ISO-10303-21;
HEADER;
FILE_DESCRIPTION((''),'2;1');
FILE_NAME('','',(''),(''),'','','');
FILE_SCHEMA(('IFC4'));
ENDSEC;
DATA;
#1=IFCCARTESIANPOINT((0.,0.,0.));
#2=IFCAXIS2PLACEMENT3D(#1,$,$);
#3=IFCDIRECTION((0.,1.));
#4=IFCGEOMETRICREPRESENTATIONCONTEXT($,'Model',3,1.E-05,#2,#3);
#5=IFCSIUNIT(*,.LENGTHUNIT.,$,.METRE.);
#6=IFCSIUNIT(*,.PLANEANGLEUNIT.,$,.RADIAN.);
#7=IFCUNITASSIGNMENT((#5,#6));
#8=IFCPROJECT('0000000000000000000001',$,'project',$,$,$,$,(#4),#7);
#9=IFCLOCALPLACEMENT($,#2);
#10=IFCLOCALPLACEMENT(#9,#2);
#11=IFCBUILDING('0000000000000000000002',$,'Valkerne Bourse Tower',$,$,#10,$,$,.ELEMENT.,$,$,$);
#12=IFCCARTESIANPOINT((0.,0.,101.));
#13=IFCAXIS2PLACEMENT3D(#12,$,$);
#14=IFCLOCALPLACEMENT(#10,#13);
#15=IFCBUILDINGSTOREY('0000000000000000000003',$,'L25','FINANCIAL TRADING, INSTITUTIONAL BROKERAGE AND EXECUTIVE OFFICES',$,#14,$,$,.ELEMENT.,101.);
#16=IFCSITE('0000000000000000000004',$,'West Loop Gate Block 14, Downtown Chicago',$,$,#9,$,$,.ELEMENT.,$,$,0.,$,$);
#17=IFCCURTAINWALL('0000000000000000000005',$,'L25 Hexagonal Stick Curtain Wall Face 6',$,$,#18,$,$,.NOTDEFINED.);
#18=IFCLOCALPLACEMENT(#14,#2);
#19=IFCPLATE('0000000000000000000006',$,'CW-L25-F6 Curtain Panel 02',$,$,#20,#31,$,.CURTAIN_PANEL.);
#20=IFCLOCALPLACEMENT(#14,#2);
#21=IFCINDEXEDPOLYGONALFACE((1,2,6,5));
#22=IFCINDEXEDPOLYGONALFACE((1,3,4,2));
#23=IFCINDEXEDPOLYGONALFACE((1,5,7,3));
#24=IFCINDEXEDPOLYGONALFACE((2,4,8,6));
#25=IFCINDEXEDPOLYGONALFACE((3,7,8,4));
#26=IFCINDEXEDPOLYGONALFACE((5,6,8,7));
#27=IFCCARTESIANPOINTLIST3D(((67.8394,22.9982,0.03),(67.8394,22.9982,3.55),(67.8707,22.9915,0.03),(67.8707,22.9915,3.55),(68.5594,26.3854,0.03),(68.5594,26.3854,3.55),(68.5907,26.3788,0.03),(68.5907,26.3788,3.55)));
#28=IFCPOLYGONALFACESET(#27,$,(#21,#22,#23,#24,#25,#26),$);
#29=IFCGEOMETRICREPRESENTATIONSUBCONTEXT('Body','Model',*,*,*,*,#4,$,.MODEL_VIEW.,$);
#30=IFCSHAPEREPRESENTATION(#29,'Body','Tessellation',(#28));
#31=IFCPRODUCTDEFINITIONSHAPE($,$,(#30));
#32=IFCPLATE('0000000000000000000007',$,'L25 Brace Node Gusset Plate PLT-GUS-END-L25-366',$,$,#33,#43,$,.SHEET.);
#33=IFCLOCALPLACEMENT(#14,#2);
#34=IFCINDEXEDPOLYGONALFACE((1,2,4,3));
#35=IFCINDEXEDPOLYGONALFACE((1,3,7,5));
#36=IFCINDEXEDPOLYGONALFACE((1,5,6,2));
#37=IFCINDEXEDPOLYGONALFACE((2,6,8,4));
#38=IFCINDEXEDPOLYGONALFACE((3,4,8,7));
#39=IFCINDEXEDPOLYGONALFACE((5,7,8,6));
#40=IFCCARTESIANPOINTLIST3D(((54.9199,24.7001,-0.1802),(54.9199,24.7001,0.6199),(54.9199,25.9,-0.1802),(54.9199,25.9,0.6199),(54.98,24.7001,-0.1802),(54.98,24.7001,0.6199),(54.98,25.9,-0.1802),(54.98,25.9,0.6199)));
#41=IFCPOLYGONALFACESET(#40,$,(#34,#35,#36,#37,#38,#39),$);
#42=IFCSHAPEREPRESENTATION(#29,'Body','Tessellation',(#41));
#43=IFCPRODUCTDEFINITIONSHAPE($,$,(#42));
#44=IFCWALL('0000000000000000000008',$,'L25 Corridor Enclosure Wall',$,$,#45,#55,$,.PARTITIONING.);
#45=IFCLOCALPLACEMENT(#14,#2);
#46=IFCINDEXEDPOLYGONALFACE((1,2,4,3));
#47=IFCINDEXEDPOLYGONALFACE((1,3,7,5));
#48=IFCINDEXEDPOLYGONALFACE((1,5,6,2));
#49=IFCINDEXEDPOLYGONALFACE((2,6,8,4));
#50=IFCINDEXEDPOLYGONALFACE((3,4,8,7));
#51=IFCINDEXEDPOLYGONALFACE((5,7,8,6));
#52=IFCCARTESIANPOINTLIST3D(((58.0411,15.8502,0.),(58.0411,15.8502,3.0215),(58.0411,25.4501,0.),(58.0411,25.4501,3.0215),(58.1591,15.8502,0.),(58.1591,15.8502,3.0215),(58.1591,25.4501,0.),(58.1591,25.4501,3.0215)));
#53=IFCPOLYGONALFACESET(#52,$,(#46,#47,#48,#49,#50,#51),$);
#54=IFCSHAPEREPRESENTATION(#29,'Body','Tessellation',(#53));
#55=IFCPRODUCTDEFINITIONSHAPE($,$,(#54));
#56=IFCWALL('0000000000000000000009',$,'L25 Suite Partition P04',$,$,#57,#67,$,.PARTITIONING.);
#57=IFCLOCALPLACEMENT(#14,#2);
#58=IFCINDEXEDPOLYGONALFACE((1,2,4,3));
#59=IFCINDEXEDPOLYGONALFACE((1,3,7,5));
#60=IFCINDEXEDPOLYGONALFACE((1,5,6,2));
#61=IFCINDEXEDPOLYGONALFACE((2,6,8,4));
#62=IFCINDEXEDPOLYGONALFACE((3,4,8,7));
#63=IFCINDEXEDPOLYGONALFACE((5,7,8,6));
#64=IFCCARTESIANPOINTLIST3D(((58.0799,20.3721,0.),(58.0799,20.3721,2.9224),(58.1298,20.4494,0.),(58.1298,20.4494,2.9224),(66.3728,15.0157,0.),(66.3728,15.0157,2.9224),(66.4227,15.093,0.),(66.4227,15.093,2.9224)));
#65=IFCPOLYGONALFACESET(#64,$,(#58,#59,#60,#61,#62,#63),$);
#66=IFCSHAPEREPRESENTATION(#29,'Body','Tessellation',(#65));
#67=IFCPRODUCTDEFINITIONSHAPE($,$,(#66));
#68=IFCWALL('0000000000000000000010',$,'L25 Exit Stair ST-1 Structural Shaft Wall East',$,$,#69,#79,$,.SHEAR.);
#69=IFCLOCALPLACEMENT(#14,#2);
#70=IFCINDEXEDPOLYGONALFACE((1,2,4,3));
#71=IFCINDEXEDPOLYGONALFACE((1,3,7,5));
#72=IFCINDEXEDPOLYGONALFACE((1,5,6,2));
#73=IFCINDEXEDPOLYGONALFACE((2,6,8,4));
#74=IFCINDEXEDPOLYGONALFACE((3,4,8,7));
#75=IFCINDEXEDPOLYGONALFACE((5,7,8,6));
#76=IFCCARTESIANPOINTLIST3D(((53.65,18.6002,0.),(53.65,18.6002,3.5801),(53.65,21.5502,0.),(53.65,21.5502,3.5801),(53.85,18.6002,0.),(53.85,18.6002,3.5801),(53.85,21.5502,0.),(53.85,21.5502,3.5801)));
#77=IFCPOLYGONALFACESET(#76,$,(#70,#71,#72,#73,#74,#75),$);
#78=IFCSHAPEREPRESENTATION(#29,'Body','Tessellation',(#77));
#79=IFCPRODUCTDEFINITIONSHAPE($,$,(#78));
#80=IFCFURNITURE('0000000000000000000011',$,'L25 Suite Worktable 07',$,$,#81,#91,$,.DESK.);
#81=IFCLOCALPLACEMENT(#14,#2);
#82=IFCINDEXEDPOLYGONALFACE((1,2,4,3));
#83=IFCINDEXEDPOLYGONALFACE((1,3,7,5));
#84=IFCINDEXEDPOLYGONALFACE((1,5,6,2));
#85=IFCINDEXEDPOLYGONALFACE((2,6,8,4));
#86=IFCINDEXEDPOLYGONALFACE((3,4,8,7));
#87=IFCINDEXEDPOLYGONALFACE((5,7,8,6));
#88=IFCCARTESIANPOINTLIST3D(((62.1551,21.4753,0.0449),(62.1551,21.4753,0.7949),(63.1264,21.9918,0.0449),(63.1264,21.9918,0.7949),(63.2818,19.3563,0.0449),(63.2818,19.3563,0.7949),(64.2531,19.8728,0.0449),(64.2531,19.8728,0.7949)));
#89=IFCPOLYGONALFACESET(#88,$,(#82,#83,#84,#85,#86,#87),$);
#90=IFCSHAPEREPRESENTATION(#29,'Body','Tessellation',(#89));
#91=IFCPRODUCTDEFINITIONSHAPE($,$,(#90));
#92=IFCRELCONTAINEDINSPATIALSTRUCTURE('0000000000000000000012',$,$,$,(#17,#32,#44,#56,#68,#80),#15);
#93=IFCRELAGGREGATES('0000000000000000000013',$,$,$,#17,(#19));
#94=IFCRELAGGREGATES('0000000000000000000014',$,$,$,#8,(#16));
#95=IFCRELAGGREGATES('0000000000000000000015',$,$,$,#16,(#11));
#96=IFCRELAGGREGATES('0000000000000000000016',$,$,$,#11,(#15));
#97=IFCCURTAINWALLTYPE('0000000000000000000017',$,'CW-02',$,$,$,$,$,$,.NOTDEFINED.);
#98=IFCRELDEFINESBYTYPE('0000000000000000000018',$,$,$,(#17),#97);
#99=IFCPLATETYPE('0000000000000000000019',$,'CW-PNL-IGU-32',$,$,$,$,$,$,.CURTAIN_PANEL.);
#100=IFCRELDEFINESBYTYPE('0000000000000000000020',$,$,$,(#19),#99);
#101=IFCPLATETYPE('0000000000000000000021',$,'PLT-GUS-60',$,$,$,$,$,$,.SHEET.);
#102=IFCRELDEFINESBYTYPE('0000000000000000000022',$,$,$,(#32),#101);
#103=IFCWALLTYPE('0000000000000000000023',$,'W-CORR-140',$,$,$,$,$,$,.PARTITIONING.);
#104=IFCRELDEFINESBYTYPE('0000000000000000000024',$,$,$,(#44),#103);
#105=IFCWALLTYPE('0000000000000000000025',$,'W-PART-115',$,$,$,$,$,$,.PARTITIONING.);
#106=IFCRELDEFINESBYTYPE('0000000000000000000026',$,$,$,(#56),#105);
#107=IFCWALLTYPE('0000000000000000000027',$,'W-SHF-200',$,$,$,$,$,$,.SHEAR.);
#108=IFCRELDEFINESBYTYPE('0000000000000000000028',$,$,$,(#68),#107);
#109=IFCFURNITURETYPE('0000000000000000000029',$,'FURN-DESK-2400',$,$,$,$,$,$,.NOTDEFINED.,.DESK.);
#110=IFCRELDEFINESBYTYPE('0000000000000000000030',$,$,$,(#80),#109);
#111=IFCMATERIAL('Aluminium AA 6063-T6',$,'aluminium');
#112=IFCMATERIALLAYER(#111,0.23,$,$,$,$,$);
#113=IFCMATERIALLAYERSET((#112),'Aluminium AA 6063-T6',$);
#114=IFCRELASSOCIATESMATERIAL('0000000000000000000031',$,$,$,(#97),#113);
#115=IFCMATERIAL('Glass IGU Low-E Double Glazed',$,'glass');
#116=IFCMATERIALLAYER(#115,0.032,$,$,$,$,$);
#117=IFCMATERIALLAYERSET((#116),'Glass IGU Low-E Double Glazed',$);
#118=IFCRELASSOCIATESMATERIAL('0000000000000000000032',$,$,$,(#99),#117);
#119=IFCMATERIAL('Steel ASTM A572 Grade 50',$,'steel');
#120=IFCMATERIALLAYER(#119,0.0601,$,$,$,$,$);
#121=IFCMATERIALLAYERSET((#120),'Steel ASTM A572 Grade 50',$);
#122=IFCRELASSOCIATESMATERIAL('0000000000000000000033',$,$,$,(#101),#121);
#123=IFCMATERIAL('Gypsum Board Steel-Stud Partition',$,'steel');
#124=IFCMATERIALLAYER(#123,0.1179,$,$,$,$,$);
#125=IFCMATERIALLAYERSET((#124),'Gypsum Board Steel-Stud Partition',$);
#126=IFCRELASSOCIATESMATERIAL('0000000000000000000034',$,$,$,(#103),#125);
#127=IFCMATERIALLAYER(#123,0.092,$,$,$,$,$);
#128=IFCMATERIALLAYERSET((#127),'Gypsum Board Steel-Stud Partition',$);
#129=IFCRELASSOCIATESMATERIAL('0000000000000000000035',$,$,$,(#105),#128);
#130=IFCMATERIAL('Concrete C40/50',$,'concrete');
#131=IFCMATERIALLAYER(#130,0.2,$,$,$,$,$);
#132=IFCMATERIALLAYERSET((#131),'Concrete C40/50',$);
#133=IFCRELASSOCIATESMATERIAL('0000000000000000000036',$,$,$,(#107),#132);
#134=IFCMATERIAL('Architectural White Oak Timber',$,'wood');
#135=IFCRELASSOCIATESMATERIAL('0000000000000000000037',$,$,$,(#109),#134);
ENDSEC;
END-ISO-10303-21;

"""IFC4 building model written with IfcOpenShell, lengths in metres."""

from ifc_helpers import new_model, si_unit, direction, frame, frame_2d, origin, origin_2d, place, context, subcontext, project, spatial, rectangle, extrude, material, layer, layer_set, type_object, element, aggregate, save


model = new_model("IFC4")

# Units and contexts
model_context = context("Model", 3, precision=1e-05, world=origin(), true_north=direction((0.0, 1.0)))
body_context = subcontext(model_context, "Body", "Model", "MODEL_VIEW")
ifc_project = project(units=[si_unit("LENGTHUNIT", "METRE"), si_unit("PLANEANGLEUNIT", "RADIAN")], contexts=[model_context])

# Site, building, storey
site_placement = place(None, origin())
site = spatial("IfcSite", under=ifc_project, at=site_placement, Name="West Loop Gate Block 14, Downtown Chicago", CompositionType="ELEMENT", RefElevation=0.0)
building_placement = place(site_placement, origin())
building = spatial("IfcBuilding", under=site, at=building_placement, Name="Valkerne Bourse Tower", CompositionType="ELEMENT")
storey_placement = place(building_placement, frame((0.0, 0.0, 101.0)))
storey = spatial("IfcBuildingStorey", under=building, at=storey_placement, Name="L25", Description="FINANCIAL TRADING, INSTITUTIONAL BROKERAGE AND EXECUTIVE OFFICES", CompositionType="ELEMENT", Elevation=101.0)

# Curtain wall
ifc_material_1 = material(Name="Aluminium AA 6063-T6", Category="aluminium")
ifc_layer_1 = layer(ifc_material_1, 0.23)
ifc_layer_set_1 = layer_set([ifc_layer_1], Name="Aluminium AA 6063-T6")
curtain_wall_type = type_object("IfcCurtainWallType", Name="CW-02", PredefinedType="NOTDEFINED", material=ifc_layer_set_1)
curtain_wall_placement = place(storey_placement, origin())
curtain_wall = element("IfcCurtainWall", 1, at=curtain_wall_placement, inside=storey, type_object=curtain_wall_type, Name="L25 Hexagonal Stick Curtain Wall Face 6", PredefinedType="NOTDEFINED")

# Plates
ifc_material_2 = material(Name="Glass IGU Low-E Double Glazed", Category="glass")
ifc_layer_2 = layer(ifc_material_2, 0.032)
ifc_layer_set_2 = layer_set([ifc_layer_2], Name="Glass IGU Low-E Double Glazed")
plate_type_1 = type_object("IfcPlateType", Name="CW-PNL-IGU-32", PredefinedType="CURTAIN_PANEL", material=ifc_layer_set_2)
plate_1_placement = place(storey_placement, frame((68.2151, 24.6885, 0.03), z_axis=(0.0, 0.0, 1.0), x_axis=(0.207918, 0.978146, 0.0)))
plate_1 = element("IfcPlate", 2, at=plate_1_placement, type_object=plate_type_1, Name="CW-L25-F6 Curtain Panel 02", PredefinedType="CURTAIN_PANEL", context=body_context, shape_type="SweptSolid", body=[
    extrude(rectangle(XDim=3.4629, YDim=0.032, at=origin_2d()), origin(), (0.0, 0.0, 1.0), 3.52),
])
aggregate(curtain_wall, [plate_1])
ifc_material_3 = material(Name="Steel ASTM A572 Grade 50", Category="steel")
ifc_layer_3 = layer(ifc_material_3, 0.0601)
ifc_layer_set_3 = layer_set([ifc_layer_3], Name="Steel ASTM A572 Grade 50")
plate_type_2 = type_object("IfcPlateType", Name="PLT-GUS-60", PredefinedType="SHEET", material=ifc_layer_set_3)
plate_2_placement = place(storey_placement, frame((54.95, 25.3, -0.1802), z_axis=(0.0, 0.0, 1.0), x_axis=(0.0, 1.0, 0.0)))
element("IfcPlate", 3, at=plate_2_placement, inside=storey, type_object=plate_type_2, Name="L25 Brace Node Gusset Plate PLT-GUS-END-L25-366", PredefinedType="SHEET", context=body_context, shape_type="SweptSolid", body=[
    extrude(rectangle(XDim=1.2, YDim=0.0601, at=origin_2d()), origin(), (0.0, 0.0, 1.0), 0.8),
])

# Walls
ifc_material_4 = material(Name="Gypsum Board Steel-Stud Partition", Category="steel")
ifc_layer_4 = layer(ifc_material_4, 0.1179)
ifc_layer_set_4 = layer_set([ifc_layer_4], Name="Gypsum Board Steel-Stud Partition")
wall_type_1 = type_object("IfcWallType", Name="W-CORR-140", PredefinedType="PARTITIONING", material=ifc_layer_set_4)
wall_1_placement = place(storey_placement, frame((58.1001, 25.45, 0.0), z_axis=(0.0, 0.0, 1.0), x_axis=(0.0, -1.0, 0.0)))
element("IfcWall", 4, at=wall_1_placement, inside=storey, type_object=wall_type_1, Name="L25 Corridor Enclosure Wall", PredefinedType="PARTITIONING", context=body_context, shape_type="SweptSolid", body=[
    extrude(rectangle(XDim=9.5999, YDim=0.1179, at=frame_2d((4.7998, 0.0))), origin(), (0.0, 0.0, 1.0), 3.0215),
])
ifc_layer_5 = layer(ifc_material_4, 0.092)
ifc_layer_set_5 = layer_set([ifc_layer_5], Name="Gypsum Board Steel-Stud Partition")
wall_type_2 = type_object("IfcWallType", Name="W-PART-115", PredefinedType="PARTITIONING", material=ifc_layer_set_5)
wall_2_placement = place(storey_placement, frame((58.105, 20.4106, 0.0), z_axis=(0.0, 0.0, 1.0), x_axis=(0.840013, -0.542566, 0.0)))
element("IfcWall", 5, at=wall_2_placement, inside=storey, type_object=wall_type_2, Name="L25 Suite Partition P04", PredefinedType="PARTITIONING", context=body_context, shape_type="SweptSolid", body=[
    extrude(rectangle(XDim=9.8723, YDim=0.092, at=frame_2d((4.936, 0.0))), origin(), (0.0, 0.0, 1.0), 2.9224),
])
ifc_material_5 = material(Name="Concrete C40/50", Category="concrete")
ifc_layer_6 = layer(ifc_material_5, 0.2)
ifc_layer_set_6 = layer_set([ifc_layer_6], Name="Concrete C40/50")
wall_type_3 = type_object("IfcWallType", Name="W-SHF-200", PredefinedType="SHEAR", material=ifc_layer_set_6)
wall_3_placement = place(storey_placement, frame((53.75, 18.6001, 0.0), z_axis=(0.0, 0.0, 1.0), x_axis=(0.0, 1.0, 0.0)))
element("IfcWall", 6, at=wall_3_placement, inside=storey, type_object=wall_type_3, Name="L25 Exit Stair ST-1 Structural Shaft Wall East", PredefinedType="SHEAR", context=body_context, shape_type="SweptSolid", body=[
    extrude(rectangle(XDim=2.95, YDim=0.2, at=frame_2d((1.4751, 0.0))), origin(), (0.0, 0.0, 1.0), 3.5801),
])

# Furniture
ifc_material_6 = material(Name="Architectural White Oak Timber", Category="wood")
furniture_type = type_object("IfcFurnitureType", Name="FURN-DESK-2400", AssemblyPlace="NOTDEFINED", PredefinedType="DESK", material=ifc_material_6)
furniture_placement = place(storey_placement, frame((63.2041, 20.6741, 0.0449), z_axis=(0.0, 0.0, 1.0), x_axis=(-0.469472, 0.882948, 0.0)))
element("IfcFurniture", 7, at=furniture_placement, inside=storey, type_object=furniture_type, Name="L25 Suite Worktable 07", PredefinedType="DESK", context=body_context, shape_type="SweptSolid", body=[
    extrude(rectangle(XDim=2.3999, YDim=1.1001, at=origin_2d()), origin(), (0.0, 0.0, 1.0), 0.75),
])

save(model, "model.ifc")
